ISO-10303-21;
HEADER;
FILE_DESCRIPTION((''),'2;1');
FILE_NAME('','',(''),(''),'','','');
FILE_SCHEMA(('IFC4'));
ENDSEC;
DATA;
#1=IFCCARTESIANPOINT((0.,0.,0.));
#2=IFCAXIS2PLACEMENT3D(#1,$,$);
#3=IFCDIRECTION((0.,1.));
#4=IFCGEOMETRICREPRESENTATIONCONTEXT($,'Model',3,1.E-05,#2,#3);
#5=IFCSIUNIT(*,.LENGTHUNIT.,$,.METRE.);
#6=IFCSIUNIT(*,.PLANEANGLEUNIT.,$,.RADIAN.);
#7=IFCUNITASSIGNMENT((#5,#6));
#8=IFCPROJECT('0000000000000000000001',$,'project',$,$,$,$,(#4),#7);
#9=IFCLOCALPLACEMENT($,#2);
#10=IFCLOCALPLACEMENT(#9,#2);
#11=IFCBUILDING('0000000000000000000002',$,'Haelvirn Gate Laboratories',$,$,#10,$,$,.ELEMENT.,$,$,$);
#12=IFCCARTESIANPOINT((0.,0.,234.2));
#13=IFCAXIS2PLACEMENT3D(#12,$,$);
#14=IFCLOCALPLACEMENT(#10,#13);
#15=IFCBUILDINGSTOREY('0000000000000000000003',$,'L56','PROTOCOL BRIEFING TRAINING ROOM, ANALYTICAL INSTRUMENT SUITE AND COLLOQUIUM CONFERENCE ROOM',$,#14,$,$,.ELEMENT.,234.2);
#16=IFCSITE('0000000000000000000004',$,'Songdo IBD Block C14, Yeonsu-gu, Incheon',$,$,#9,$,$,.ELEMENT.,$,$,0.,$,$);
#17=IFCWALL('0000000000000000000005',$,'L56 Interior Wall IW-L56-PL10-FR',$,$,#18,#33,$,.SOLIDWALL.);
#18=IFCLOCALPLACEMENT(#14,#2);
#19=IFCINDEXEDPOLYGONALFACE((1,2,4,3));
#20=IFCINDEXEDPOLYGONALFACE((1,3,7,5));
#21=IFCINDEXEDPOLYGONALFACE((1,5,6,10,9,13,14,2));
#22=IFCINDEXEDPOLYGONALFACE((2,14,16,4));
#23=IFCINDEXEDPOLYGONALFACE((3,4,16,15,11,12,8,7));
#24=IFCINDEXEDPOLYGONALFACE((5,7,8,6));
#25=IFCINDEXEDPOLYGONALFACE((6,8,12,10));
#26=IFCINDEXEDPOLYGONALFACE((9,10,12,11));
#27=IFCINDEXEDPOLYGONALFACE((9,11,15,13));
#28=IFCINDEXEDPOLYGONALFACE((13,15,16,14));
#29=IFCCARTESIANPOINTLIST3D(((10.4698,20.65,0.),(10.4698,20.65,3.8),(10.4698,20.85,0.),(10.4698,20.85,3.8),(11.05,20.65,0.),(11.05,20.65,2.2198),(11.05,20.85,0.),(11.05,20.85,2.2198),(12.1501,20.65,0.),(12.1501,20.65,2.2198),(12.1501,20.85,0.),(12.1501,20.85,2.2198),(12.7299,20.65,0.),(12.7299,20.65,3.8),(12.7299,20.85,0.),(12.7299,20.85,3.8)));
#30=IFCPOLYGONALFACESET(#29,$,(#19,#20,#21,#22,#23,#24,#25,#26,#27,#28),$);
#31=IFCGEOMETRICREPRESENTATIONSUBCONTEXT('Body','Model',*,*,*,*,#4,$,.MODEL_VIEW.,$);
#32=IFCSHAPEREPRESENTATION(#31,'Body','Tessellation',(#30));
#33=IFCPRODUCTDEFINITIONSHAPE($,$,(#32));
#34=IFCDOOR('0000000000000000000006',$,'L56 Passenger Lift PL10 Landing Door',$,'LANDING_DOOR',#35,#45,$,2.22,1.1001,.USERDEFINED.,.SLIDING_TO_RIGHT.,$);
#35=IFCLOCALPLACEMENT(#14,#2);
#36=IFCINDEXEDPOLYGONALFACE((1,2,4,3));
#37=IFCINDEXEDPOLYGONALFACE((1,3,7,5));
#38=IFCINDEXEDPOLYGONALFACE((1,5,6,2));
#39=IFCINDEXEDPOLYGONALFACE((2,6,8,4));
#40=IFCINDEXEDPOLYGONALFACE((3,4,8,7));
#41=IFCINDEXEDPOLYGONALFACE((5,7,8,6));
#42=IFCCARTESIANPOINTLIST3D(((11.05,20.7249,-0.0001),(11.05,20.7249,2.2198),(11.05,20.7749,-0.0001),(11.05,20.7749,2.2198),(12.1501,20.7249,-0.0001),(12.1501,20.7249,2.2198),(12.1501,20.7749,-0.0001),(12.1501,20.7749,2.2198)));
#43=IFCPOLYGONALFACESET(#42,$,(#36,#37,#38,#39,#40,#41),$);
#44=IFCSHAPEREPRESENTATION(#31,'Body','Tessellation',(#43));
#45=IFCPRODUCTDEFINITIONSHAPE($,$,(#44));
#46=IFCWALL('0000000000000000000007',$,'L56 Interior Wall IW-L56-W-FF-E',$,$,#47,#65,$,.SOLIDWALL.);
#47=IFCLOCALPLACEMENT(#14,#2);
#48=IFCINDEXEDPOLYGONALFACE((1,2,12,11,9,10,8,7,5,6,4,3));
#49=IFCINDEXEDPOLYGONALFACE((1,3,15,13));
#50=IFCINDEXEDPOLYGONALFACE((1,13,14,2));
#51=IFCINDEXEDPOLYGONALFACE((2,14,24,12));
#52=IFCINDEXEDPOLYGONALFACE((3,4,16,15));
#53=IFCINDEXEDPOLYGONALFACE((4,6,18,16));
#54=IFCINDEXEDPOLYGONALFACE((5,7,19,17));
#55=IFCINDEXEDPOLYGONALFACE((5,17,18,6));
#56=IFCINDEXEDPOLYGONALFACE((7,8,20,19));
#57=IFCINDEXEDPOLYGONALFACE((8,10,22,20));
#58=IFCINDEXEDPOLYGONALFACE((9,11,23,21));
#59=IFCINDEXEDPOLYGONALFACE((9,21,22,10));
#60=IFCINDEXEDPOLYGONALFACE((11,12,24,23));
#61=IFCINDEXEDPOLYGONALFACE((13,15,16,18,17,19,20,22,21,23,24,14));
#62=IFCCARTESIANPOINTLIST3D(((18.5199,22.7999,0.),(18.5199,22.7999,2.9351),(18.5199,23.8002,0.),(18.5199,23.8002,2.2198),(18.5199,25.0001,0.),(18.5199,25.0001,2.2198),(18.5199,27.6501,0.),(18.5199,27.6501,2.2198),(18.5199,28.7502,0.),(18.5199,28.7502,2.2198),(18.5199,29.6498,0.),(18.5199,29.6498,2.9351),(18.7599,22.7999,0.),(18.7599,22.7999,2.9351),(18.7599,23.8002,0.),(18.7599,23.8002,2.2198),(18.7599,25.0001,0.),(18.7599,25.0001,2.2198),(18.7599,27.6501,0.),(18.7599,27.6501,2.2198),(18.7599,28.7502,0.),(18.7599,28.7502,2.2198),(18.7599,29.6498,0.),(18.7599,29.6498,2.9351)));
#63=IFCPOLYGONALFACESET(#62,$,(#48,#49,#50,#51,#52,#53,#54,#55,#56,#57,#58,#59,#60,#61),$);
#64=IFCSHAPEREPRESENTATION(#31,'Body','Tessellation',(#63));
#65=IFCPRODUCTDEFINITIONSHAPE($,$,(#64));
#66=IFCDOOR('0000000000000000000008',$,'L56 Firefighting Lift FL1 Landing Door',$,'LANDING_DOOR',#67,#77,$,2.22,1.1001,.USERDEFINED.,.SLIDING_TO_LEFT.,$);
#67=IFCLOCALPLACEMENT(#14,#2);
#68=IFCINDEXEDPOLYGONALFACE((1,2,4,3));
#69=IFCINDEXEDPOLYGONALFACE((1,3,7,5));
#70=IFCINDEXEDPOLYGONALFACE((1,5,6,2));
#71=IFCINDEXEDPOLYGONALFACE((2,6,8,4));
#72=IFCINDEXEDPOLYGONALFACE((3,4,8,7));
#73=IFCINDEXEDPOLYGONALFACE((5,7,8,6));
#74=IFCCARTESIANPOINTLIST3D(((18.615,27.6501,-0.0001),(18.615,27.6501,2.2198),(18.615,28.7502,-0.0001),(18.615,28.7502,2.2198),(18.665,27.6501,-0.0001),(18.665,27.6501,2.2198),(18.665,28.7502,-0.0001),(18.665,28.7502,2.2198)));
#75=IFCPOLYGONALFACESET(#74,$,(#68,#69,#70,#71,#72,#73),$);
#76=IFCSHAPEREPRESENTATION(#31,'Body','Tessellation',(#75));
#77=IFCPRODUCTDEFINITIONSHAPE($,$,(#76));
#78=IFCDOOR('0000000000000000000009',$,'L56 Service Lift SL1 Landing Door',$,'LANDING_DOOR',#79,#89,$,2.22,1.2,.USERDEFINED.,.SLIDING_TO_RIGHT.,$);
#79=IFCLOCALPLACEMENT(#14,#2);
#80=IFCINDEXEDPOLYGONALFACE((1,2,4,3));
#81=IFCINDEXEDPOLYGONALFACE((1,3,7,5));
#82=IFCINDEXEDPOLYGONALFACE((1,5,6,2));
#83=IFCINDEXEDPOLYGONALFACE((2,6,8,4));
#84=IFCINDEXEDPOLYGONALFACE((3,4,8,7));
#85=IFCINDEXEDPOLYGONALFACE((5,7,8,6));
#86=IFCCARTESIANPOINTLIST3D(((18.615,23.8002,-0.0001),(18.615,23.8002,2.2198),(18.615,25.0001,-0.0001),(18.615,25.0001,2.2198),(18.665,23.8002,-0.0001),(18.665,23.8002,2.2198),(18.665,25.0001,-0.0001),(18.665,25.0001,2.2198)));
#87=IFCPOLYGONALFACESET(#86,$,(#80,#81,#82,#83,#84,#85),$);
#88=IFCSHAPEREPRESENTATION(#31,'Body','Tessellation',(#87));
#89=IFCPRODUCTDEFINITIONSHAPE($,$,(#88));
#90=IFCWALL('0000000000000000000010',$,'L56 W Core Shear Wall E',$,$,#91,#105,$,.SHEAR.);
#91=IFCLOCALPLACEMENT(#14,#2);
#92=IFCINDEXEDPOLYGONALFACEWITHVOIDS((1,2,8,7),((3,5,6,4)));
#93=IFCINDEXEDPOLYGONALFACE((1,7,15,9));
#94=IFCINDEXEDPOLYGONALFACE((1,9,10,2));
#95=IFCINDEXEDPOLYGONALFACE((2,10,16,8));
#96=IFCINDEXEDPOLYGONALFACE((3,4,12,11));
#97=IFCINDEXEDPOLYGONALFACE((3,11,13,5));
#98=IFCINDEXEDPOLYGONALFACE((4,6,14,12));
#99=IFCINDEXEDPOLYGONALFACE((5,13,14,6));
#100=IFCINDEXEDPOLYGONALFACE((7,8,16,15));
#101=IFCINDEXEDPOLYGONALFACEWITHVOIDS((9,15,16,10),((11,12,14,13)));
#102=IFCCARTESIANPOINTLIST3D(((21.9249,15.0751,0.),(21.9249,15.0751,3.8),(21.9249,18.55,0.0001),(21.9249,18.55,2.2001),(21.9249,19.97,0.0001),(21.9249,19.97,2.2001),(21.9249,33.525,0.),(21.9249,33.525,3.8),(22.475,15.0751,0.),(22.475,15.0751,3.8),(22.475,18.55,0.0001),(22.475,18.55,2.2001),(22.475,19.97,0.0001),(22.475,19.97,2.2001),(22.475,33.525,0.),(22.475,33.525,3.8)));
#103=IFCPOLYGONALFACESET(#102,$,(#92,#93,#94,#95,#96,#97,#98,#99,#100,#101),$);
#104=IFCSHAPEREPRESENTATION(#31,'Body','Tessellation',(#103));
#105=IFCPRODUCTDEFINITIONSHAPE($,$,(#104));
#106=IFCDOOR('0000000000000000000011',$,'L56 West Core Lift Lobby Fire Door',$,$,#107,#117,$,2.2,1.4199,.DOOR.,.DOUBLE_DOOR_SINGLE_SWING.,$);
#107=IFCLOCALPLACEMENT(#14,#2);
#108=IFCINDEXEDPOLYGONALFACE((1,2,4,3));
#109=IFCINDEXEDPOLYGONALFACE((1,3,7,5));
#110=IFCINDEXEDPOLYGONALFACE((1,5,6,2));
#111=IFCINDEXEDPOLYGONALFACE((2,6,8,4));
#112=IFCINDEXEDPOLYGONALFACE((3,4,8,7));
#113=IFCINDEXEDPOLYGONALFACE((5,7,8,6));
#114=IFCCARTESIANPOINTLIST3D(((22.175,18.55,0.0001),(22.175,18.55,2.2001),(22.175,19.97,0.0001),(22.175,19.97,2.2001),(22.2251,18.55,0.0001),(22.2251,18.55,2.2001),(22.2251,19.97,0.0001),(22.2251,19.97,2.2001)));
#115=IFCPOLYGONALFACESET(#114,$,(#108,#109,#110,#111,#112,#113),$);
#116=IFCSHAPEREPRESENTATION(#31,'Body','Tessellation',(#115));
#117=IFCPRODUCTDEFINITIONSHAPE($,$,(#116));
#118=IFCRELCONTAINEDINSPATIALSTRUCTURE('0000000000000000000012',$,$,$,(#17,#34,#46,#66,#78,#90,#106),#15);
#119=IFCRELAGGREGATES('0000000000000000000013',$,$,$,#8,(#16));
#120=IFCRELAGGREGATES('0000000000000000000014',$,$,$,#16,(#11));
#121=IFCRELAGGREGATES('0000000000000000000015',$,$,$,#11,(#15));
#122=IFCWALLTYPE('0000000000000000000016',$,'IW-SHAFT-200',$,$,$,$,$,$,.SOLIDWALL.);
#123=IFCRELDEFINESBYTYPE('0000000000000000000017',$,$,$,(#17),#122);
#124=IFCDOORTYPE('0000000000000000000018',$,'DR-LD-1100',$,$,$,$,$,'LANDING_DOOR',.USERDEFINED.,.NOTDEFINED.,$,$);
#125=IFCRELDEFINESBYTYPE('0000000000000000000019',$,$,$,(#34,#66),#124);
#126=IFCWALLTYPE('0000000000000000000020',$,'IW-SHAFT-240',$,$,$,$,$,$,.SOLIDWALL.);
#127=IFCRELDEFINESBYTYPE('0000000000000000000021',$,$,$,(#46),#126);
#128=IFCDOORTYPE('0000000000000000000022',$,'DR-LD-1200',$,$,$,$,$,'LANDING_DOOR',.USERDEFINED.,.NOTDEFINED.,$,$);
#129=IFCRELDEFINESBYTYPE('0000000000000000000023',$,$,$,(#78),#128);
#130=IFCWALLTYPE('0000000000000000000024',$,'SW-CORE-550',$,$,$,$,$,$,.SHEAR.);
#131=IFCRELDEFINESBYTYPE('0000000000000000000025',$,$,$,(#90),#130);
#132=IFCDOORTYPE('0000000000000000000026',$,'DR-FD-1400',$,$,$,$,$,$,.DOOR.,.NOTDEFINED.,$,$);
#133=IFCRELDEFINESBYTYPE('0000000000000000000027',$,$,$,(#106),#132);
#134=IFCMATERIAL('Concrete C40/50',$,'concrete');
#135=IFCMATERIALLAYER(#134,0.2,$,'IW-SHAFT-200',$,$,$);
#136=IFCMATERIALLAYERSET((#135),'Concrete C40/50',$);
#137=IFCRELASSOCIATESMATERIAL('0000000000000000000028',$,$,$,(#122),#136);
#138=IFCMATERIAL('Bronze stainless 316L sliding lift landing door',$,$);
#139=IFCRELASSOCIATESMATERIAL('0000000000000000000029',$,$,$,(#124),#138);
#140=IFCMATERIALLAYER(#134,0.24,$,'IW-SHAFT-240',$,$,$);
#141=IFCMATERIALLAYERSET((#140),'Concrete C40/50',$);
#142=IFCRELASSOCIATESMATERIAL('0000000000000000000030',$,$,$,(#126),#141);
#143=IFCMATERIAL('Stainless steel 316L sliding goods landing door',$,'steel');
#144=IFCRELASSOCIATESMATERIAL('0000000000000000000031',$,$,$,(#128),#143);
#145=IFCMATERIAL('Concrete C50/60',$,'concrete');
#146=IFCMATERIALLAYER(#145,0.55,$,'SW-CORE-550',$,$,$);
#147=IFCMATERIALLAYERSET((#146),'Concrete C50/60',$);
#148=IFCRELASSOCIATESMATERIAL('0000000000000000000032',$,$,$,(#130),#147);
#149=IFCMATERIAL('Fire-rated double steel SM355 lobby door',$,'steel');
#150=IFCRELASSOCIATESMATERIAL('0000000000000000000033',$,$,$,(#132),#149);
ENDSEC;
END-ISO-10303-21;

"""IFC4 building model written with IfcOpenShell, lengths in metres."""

from ifc_helpers import new_model, si_unit, direction, frame, frame_2d, origin, place, context, subcontext, project, spatial, rectangle, extrude, source, transform, mapped, material, layer, layer_set, type_object, type_shapes, element, fill, save


model = new_model("IFC4")

# Units and contexts
model_context = context("Model", 3, precision=1e-05, world=origin(), true_north=direction((0.0, 1.0)))
body_context = subcontext(model_context, "Body", "Model", "MODEL_VIEW")
ifc_project = project(units=[si_unit("LENGTHUNIT", "METRE"), si_unit("PLANEANGLEUNIT", "RADIAN")], contexts=[model_context])

# Site, building, storey
site_placement = place(None, origin())
site = spatial("IfcSite", under=ifc_project, at=site_placement, Name="Songdo IBD Block C14, Yeonsu-gu, Incheon", CompositionType="ELEMENT", RefElevation=0.0)
building_placement = place(site_placement, origin())
building = spatial("IfcBuilding", under=site, at=building_placement, Name="Haelvirn Gate Laboratories", CompositionType="ELEMENT")
storey_placement = place(building_placement, frame((0.0, 0.0, 234.2)))
storey = spatial("IfcBuildingStorey", under=building, at=storey_placement, Name="L56", Description="PROTOCOL BRIEFING TRAINING ROOM, ANALYTICAL INSTRUMENT SUITE AND COLLOQUIUM CONFERENCE ROOM", CompositionType="ELEMENT", Elevation=234.2)

# Shared definitions
ifc_material_1 = material(Name="Concrete C40/50", Category="concrete")

# Wall, opening, door
ifc_layer_1 = layer(ifc_material_1, 0.2, Name="IW-SHAFT-200")
ifc_layer_set_1 = layer_set([ifc_layer_1], Name="Concrete C40/50")
wall_type_1 = type_object("IfcWallType", Name="IW-SHAFT-200", PredefinedType="SOLIDWALL", material=ifc_layer_set_1)
wall_1_placement = place(storey_placement, frame((10.47, 20.75, 0.0), z_axis=(0.0, 0.0, 1.0), x_axis=(1.0, 0.0, 0.0)))
wall_1 = element("IfcWall", 1, at=wall_1_placement, inside=storey, type_object=wall_type_1, Name="L56 Interior Wall IW-L56-PL10-FR", PredefinedType="SOLIDWALL", context=body_context, shape_type="SweptSolid", body=[
    extrude(rectangle(XDim=2.26, YDim=0.2, at=frame_2d((1.1299, 0.0))), origin(), (0.0, 0.0, 1.0), 3.8),
])
opening_1_placement = place(wall_1_placement, frame((0.5801, 0.0, 0.0)))
opening_1 = element("IfcOpeningElement", 2, at=opening_1_placement, cuts=wall_1, PredefinedType="OPENING", context=body_context, shape_type="SweptSolid", body=[
    extrude(rectangle(XDim=1.1001, YDim=2.22, at=frame_2d((0.55, 1.1099))), frame((0.0, 0.1099, 0.0), z_axis=(0.0, -1.0, 0.0), x_axis=(1.0, 0.0, 0.0)), (0.0, 0.0, 1.0), 0.22),
])
ifc_material_2 = material(Name="Bronze stainless 316L sliding lift landing door")
door_type_1 = type_object("IfcDoorType", Name="DR-LD-1100", ElementType="LANDING_DOOR", OperationType="NOTDEFINED", PredefinedType="USERDEFINED", material=ifc_material_2)
shared_shape_1 = source(origin(), body_context, "Body", "SweptSolid", [
    extrude(rectangle(XDim=1.1001, YDim=2.22, at=frame_2d((0.55, 1.1099))), frame((0.0, 0.0249, 0.0), z_axis=(0.0, -1.0, 0.0), x_axis=(1.0, 0.0, 0.0)), (0.0, 0.0, 1.0), 0.05),
])
type_shapes(door_type_1, [shared_shape_1])
door_1_placement = place(opening_1_placement, origin())
door_1 = element("IfcDoor", 3, at=door_1_placement, inside=storey, type_object=door_type_1, Name="L56 Passenger Lift PL10 Landing Door", ObjectType="LANDING_DOOR", OperationType="SLIDING_TO_RIGHT", OverallHeight=2.22, OverallWidth=1.1001, PredefinedType="USERDEFINED", context=body_context, shape_type="MappedRepresentation", body=[
    mapped(shared_shape_1, transform((0.0, 0.0, 0.0), scale=1.0)),
])
fill(opening_1, door_1)

# Wall, openings, doors
ifc_layer_2 = layer(ifc_material_1, 0.24, Name="IW-SHAFT-240")
ifc_layer_set_2 = layer_set([ifc_layer_2], Name="Concrete C40/50")
wall_type_2 = type_object("IfcWallType", Name="IW-SHAFT-240", PredefinedType="SOLIDWALL", material=ifc_layer_set_2)
wall_2_placement = place(storey_placement, frame((18.6399, 22.8, 0.0), z_axis=(0.0, 0.0, 1.0), x_axis=(0.0, 1.0, 0.0)))
wall_2 = element("IfcWall", 4, at=wall_2_placement, inside=storey, type_object=wall_type_2, Name="L56 Interior Wall IW-L56-W-FF-E", PredefinedType="SOLIDWALL", context=body_context, shape_type="SweptSolid", body=[
    extrude(rectangle(XDim=6.8499, YDim=0.24, at=frame_2d((3.4248, 0.0))), origin(), (0.0, 0.0, 1.0), 2.9351),
])
opening_2_placement = place(wall_2_placement, frame((4.8501, 0.0, 0.0)))
opening_2 = element("IfcOpeningElement", 5, at=opening_2_placement, cuts=wall_2, PredefinedType="OPENING", context=body_context, shape_type="SweptSolid", body=[
    extrude(rectangle(XDim=1.1001, YDim=2.22, at=frame_2d((0.55, 1.1099))), frame((0.0, 0.1299, 0.0), z_axis=(0.0, -1.0, 0.0), x_axis=(1.0, 0.0, 0.0)), (0.0, 0.0, 1.0), 0.26),
])
opening_3_placement = place(wall_2_placement, frame((1.0, 0.0, 0.0)))
opening_3 = element("IfcOpeningElement", 6, at=opening_3_placement, cuts=wall_2, PredefinedType="OPENING", context=body_context, shape_type="SweptSolid", body=[
    extrude(rectangle(XDim=1.2, YDim=2.22, at=frame_2d((0.6001, 1.1099))), frame((0.0, 0.1299, 0.0), z_axis=(0.0, -1.0, 0.0), x_axis=(1.0, 0.0, 0.0)), (0.0, 0.0, 1.0), 0.26),
])
door_2_placement = place(opening_2_placement, origin())
door_2 = element("IfcDoor", 7, at=door_2_placement, inside=storey, type_object=door_type_1, Name="L56 Firefighting Lift FL1 Landing Door", ObjectType="LANDING_DOOR", OperationType="SLIDING_TO_LEFT", OverallHeight=2.22, OverallWidth=1.1001, PredefinedType="USERDEFINED", context=body_context, shape_type="MappedRepresentation", body=[
    mapped(shared_shape_1, transform((0.0, 0.0, 0.0), scale=1.0)),
])
fill(opening_2, door_2)
ifc_material_3 = material(Name="Stainless steel 316L sliding goods landing door", Category="steel")
door_type_2 = type_object("IfcDoorType", Name="DR-LD-1200", ElementType="LANDING_DOOR", OperationType="NOTDEFINED", PredefinedType="USERDEFINED", material=ifc_material_3)
shared_shape_2 = source(origin(), body_context, "Body", "SweptSolid", [
    extrude(rectangle(XDim=1.2, YDim=2.22, at=frame_2d((0.6001, 1.1099))), frame((0.0, 0.0249, 0.0), z_axis=(0.0, -1.0, 0.0), x_axis=(1.0, 0.0, 0.0)), (0.0, 0.0, 1.0), 0.05),
])
type_shapes(door_type_2, [shared_shape_2])
door_3_placement = place(opening_3_placement, origin())
door_3 = element("IfcDoor", 8, at=door_3_placement, inside=storey, type_object=door_type_2, Name="L56 Service Lift SL1 Landing Door", ObjectType="LANDING_DOOR", OperationType="SLIDING_TO_RIGHT", OverallHeight=2.22, OverallWidth=1.2, PredefinedType="USERDEFINED", context=body_context, shape_type="MappedRepresentation", body=[
    mapped(shared_shape_2, transform((0.0, 0.0, 0.0), scale=1.0)),
])
fill(opening_3, door_3)

# Wall, opening, door
ifc_material_4 = material(Name="Concrete C50/60", Category="concrete")
ifc_layer_3 = layer(ifc_material_4, 0.55, Name="SW-CORE-550")
ifc_layer_set_3 = layer_set([ifc_layer_3], Name="Concrete C50/60")
wall_type_3 = type_object("IfcWallType", Name="SW-CORE-550", PredefinedType="SHEAR", material=ifc_layer_set_3)
wall_3_placement = place(storey_placement, frame((22.2, 15.075, 0.0), z_axis=(0.0, 0.0, 1.0), x_axis=(0.0, 1.0, 0.0)))
wall_3 = element("IfcWall", 9, at=wall_3_placement, inside=storey, type_object=wall_type_3, Name="L56 W Core Shear Wall E", PredefinedType="SHEAR", context=body_context, shape_type="SweptSolid", body=[
    extrude(rectangle(XDim=18.45, YDim=0.55, at=frame_2d((9.2251, 0.0))), origin(), (0.0, 0.0, 1.0), 3.8),
])
opening_4_placement = place(wall_3_placement, frame((3.4751, 0.0, 0.0)))
opening_4 = element("IfcOpeningElement", 10, at=opening_4_placement, cuts=wall_3, PredefinedType="OPENING", context=body_context, shape_type="SweptSolid", body=[
    extrude(rectangle(XDim=1.4199, YDim=2.2, at=frame_2d((0.71, 1.1001))), frame((0.0, 0.2852, 0.0), z_axis=(0.0, -1.0, 0.0), x_axis=(1.0, 0.0, 0.0)), (0.0, 0.0, 1.0), 0.5701),
])
ifc_material_5 = material(Name="Fire-rated double steel SM355 lobby door", Category="steel")
door_type_3 = type_object("IfcDoorType", Name="DR-FD-1400", OperationType="NOTDEFINED", PredefinedType="DOOR", material=ifc_material_5)
shared_shape_3 = source(origin(), body_context, "Body", "SweptSolid", [
    extrude(rectangle(XDim=1.4199, YDim=2.2, at=frame_2d((0.71, 1.1001))), frame((0.0, 0.0249, 0.0), z_axis=(0.0, -1.0, 0.0), x_axis=(1.0, 0.0, 0.0)), (0.0, 0.0, 1.0), 0.05),
])
type_shapes(door_type_3, [shared_shape_3])
door_4_placement = place(opening_4_placement, origin())
door_4 = element("IfcDoor", 11, at=door_4_placement, inside=storey, type_object=door_type_3, Name="L56 West Core Lift Lobby Fire Door", OperationType="DOUBLE_DOOR_SINGLE_SWING", OverallHeight=2.2, OverallWidth=1.4199, PredefinedType="DOOR", context=body_context, shape_type="MappedRepresentation", body=[
    mapped(shared_shape_3, transform((0.0, 0.0, 0.0), scale=1.0)),
])
fill(opening_4, door_4)

save(model, "model.ifc")
